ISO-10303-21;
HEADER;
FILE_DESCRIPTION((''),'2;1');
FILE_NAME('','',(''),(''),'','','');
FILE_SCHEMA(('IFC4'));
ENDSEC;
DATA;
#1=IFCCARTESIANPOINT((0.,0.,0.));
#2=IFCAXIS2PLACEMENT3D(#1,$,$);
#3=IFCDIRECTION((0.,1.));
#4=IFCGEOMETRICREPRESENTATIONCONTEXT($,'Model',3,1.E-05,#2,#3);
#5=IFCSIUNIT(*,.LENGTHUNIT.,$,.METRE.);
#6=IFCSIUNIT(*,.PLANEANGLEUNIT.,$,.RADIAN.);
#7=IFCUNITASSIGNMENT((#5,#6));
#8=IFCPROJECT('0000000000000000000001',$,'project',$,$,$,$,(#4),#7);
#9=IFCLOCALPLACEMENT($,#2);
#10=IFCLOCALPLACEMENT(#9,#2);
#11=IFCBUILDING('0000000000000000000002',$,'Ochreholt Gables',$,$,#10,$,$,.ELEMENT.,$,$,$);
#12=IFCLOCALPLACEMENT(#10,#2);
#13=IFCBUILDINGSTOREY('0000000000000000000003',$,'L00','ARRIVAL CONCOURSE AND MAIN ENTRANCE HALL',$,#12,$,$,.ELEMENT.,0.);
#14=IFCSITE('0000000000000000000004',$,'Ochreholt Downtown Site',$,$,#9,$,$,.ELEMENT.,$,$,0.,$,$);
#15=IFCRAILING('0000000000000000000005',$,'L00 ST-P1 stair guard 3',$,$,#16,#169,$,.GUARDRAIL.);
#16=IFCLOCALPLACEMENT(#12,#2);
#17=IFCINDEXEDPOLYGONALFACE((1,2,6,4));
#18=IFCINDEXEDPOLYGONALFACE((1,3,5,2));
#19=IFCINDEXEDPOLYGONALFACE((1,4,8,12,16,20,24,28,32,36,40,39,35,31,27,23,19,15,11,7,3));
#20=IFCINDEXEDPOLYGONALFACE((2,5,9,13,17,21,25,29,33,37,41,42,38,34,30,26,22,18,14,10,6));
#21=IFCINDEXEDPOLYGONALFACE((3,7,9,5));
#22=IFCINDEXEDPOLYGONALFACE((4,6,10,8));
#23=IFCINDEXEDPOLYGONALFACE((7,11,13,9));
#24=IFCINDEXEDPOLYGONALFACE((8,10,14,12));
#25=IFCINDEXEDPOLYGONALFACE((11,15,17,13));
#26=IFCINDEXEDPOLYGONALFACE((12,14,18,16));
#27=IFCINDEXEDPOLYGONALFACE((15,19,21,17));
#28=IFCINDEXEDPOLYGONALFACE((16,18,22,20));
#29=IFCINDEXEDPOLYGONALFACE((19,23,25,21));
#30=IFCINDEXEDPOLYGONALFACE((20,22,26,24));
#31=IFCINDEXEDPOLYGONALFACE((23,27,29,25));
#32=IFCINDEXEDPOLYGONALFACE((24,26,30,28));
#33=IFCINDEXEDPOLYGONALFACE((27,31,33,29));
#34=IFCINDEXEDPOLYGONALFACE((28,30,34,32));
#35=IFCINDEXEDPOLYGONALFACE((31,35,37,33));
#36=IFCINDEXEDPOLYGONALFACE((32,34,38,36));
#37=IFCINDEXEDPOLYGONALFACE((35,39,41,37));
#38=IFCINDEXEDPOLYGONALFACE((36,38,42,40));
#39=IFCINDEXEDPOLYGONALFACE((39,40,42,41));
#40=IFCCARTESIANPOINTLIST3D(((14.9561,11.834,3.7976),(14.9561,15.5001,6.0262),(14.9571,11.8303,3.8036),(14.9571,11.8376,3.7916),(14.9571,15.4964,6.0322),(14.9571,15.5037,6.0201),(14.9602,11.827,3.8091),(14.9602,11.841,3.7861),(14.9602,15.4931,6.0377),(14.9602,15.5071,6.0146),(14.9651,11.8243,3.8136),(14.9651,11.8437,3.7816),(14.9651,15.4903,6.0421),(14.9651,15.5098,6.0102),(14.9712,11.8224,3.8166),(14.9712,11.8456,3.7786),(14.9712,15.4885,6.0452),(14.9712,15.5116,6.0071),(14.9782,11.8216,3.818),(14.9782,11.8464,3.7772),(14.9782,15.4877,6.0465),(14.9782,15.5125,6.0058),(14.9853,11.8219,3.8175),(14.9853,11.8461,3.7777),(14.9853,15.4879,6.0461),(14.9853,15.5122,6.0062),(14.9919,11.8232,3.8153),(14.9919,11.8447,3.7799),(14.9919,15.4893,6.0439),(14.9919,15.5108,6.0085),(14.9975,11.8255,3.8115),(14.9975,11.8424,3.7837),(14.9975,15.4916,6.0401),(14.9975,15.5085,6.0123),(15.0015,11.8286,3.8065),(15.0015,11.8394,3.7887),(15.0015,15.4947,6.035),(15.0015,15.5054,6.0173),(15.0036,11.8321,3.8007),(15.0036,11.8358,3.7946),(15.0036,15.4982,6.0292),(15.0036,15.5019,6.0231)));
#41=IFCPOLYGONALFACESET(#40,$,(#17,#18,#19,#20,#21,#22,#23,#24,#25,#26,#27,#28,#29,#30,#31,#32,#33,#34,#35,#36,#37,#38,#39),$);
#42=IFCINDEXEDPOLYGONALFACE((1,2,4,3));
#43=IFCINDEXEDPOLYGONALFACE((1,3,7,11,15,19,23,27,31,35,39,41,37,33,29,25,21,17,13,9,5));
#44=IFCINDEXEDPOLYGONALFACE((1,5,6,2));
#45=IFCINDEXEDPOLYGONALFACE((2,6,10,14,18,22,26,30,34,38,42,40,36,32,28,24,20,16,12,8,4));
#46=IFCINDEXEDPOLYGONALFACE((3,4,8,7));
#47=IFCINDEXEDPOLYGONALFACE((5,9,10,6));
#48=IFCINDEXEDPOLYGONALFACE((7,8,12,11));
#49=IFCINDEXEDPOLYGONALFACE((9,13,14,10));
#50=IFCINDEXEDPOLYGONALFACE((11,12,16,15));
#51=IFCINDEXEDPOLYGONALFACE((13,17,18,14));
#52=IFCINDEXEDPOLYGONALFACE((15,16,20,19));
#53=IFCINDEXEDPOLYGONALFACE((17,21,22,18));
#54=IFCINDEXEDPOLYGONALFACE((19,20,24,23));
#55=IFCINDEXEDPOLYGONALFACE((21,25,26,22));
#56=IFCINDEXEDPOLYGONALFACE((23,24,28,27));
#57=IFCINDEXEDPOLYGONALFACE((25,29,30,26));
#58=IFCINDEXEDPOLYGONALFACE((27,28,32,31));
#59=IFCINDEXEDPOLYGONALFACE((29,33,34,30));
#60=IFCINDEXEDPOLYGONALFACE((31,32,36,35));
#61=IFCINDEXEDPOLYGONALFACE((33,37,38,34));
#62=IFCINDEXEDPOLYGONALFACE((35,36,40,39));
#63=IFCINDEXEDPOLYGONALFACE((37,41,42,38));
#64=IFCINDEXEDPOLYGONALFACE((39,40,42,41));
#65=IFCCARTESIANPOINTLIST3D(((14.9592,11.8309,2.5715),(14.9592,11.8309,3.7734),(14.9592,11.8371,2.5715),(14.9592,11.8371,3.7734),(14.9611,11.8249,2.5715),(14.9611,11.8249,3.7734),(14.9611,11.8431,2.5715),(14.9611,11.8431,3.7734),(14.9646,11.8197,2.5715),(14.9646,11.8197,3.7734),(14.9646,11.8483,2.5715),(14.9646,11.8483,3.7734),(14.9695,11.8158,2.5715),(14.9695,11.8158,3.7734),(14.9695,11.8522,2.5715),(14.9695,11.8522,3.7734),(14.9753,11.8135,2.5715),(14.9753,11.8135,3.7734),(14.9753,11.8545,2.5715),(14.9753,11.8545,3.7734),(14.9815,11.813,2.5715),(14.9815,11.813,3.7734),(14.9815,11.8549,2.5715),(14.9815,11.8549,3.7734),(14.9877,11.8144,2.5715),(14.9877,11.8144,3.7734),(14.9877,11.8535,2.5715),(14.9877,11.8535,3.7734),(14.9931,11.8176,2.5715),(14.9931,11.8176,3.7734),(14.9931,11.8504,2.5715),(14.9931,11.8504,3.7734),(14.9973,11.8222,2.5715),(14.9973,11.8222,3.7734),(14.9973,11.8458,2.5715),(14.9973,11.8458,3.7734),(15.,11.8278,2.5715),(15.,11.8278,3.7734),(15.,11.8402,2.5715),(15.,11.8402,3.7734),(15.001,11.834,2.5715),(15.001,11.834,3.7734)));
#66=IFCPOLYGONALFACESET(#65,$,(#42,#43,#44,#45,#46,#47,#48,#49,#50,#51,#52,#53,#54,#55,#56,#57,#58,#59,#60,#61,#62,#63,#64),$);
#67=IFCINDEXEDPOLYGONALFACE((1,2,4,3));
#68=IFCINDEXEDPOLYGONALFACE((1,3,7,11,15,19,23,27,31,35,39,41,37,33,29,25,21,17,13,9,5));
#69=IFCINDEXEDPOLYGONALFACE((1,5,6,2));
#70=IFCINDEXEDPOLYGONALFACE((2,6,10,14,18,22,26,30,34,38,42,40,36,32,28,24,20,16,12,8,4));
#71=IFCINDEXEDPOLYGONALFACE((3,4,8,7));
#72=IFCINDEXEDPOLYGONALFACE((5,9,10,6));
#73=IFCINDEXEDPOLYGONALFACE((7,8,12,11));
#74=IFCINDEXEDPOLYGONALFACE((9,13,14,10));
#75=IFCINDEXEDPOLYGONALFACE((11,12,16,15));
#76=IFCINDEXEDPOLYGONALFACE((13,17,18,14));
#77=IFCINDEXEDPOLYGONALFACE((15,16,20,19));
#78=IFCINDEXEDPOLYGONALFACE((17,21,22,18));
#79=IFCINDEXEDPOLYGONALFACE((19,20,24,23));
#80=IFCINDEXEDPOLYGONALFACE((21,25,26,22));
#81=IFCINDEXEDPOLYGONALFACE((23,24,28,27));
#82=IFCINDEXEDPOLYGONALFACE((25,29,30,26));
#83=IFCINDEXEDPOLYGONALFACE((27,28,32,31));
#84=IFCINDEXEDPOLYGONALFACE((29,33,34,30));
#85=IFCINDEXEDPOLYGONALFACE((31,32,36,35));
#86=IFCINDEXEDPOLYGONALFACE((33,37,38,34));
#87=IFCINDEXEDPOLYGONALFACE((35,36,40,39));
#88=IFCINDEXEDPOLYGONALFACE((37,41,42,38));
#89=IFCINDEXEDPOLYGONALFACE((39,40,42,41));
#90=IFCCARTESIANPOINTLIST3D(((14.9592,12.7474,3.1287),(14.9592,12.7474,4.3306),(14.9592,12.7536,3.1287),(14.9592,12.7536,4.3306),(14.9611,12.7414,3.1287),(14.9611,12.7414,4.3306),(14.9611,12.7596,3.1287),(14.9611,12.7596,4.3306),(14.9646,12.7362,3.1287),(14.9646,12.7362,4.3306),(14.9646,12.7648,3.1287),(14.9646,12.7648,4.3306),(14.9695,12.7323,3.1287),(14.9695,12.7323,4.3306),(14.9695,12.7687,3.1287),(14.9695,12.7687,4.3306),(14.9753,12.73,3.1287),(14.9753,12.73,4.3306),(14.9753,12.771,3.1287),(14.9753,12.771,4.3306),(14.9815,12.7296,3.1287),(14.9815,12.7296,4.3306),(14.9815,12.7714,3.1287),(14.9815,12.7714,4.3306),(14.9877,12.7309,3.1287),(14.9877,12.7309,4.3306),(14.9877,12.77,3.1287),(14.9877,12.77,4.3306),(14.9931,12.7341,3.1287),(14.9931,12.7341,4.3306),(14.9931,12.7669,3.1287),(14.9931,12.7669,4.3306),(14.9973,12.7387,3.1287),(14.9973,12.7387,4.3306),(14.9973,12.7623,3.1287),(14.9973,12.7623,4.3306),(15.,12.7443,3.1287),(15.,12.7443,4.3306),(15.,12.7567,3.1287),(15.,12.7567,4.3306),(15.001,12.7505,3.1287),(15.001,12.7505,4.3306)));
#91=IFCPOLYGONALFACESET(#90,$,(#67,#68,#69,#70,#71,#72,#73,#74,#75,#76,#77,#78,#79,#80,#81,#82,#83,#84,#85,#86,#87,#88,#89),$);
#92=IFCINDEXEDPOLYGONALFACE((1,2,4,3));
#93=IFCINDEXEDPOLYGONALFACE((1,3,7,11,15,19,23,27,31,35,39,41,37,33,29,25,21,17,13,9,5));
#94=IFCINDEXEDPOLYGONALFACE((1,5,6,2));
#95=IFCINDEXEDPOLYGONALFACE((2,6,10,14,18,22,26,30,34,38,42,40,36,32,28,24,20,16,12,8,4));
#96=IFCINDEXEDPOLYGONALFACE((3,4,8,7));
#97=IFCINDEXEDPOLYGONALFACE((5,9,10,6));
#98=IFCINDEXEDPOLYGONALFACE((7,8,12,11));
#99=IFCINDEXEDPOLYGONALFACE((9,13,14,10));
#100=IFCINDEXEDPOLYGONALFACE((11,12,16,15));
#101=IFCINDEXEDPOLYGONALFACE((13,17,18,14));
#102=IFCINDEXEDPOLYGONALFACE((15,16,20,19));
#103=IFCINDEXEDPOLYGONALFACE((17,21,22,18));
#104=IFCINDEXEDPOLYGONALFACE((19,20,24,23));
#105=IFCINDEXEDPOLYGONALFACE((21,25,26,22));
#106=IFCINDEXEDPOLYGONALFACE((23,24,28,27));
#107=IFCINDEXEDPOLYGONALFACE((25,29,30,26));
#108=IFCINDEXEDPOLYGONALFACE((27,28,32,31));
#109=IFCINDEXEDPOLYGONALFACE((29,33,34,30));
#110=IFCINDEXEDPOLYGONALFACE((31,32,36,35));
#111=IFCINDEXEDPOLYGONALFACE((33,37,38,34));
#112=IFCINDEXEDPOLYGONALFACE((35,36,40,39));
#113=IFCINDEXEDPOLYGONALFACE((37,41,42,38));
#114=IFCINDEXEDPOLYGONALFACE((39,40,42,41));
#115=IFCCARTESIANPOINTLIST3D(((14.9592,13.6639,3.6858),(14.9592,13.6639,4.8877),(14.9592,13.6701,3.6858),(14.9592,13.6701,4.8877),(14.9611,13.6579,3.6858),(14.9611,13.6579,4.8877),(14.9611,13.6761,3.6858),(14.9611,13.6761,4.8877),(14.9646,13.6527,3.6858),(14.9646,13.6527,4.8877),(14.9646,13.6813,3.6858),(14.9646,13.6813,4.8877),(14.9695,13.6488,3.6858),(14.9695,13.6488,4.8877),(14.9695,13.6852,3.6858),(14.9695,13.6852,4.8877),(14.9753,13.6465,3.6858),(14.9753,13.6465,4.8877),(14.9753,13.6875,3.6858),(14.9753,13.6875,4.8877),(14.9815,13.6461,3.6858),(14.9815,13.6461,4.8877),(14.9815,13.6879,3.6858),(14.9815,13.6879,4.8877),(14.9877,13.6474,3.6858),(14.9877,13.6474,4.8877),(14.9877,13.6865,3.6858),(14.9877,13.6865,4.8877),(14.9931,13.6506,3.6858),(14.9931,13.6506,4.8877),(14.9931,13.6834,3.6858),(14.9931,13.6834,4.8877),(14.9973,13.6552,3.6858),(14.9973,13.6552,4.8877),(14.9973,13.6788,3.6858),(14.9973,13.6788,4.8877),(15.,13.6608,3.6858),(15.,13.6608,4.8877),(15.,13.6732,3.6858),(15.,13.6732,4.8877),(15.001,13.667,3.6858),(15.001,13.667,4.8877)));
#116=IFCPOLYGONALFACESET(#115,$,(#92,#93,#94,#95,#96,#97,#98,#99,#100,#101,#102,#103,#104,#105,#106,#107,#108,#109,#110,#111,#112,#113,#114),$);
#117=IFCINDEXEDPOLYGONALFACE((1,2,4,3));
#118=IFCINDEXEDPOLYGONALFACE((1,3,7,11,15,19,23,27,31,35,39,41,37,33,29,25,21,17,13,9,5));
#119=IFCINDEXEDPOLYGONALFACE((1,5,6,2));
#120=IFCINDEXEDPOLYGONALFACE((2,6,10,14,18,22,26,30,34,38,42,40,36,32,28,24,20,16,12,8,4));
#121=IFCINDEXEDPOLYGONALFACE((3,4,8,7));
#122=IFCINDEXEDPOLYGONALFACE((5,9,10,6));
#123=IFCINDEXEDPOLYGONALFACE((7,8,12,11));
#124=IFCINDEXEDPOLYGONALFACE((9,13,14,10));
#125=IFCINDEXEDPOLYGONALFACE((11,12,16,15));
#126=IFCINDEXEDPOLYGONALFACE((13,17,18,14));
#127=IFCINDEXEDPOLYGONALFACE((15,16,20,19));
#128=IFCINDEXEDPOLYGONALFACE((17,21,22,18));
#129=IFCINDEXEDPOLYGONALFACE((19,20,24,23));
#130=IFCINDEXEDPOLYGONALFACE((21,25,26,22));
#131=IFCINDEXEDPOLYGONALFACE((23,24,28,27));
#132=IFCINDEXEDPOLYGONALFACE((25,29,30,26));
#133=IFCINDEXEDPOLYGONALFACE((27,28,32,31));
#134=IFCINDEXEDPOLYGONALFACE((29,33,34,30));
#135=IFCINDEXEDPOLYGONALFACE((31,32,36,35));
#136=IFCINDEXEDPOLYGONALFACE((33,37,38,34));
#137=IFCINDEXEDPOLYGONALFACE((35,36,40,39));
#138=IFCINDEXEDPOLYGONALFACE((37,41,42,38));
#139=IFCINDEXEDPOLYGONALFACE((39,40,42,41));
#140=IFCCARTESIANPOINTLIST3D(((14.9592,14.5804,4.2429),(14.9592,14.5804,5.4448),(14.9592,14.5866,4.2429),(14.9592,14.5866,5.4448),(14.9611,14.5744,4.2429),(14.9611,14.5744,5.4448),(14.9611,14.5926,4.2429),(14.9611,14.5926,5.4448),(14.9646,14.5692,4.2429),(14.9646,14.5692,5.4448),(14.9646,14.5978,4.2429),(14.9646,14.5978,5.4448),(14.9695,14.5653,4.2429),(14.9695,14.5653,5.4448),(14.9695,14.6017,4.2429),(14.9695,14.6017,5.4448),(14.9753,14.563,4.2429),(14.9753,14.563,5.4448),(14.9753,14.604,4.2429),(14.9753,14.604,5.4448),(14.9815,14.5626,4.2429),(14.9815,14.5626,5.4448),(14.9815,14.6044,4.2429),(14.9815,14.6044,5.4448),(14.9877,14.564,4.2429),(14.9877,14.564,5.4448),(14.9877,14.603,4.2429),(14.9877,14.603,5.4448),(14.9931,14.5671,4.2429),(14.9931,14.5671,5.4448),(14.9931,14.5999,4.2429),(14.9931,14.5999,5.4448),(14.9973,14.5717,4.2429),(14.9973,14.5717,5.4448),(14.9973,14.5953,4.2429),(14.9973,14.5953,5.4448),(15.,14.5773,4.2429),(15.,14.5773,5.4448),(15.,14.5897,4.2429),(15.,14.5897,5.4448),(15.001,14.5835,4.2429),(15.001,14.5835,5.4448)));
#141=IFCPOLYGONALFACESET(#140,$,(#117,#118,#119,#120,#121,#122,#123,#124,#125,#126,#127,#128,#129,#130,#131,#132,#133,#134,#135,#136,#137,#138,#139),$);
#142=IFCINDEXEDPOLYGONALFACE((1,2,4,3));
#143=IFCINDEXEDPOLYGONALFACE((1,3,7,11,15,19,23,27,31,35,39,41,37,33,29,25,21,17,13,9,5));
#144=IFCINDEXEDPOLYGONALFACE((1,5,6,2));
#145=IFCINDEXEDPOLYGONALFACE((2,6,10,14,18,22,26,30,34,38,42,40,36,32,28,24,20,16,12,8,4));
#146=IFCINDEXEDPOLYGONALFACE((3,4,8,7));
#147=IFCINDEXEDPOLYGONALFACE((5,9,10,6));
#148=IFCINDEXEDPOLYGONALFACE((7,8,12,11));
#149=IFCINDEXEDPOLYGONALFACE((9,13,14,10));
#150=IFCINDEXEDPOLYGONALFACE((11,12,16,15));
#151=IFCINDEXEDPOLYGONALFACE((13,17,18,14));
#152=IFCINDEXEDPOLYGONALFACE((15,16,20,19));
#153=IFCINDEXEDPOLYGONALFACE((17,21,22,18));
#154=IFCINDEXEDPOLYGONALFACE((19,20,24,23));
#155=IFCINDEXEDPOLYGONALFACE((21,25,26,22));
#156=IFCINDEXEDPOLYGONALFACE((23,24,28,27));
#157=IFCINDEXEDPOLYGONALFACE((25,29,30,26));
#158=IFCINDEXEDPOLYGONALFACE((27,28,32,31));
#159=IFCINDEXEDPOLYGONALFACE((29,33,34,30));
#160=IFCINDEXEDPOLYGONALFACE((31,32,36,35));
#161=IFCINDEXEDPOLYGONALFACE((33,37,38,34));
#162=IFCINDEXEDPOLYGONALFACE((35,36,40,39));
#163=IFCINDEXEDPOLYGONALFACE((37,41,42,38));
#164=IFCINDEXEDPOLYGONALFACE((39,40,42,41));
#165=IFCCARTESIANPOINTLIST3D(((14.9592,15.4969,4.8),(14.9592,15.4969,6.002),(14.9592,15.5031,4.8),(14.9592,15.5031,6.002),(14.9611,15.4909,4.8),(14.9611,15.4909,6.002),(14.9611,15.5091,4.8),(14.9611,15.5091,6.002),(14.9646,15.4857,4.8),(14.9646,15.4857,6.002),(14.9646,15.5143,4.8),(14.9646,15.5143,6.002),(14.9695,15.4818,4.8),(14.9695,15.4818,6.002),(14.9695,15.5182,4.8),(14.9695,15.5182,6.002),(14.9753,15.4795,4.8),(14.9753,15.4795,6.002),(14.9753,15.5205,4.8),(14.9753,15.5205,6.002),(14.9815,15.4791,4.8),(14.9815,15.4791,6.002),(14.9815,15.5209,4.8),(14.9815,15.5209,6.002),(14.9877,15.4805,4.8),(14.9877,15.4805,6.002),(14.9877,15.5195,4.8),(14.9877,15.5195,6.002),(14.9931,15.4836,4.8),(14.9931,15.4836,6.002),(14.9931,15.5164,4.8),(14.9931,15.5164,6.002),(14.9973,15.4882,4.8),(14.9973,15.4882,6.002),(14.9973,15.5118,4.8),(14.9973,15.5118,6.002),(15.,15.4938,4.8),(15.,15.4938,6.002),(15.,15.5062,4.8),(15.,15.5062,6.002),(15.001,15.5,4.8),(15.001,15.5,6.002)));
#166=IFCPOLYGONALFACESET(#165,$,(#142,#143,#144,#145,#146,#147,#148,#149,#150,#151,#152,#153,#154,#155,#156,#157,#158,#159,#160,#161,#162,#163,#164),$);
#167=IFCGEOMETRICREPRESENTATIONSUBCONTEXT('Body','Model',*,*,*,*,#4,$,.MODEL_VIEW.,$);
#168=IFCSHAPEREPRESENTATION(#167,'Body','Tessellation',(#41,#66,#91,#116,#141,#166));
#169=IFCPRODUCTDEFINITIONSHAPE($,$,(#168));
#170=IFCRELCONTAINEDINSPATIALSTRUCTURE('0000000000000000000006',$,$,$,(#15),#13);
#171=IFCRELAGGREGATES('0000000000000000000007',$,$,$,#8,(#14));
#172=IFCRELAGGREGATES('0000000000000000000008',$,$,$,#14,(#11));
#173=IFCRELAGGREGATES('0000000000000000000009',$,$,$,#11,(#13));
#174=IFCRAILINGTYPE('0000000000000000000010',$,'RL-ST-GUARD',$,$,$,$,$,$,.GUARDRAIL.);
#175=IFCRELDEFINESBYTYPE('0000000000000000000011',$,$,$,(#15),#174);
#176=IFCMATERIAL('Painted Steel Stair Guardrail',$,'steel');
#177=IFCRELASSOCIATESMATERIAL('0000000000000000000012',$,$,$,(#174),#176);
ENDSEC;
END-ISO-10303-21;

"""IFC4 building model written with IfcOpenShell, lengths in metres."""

from ifc_helpers import new_model, si_unit, direction, frame, origin, origin_2d, place, context, subcontext, project, spatial, circle, extrude, material, type_object, element, save


model = new_model("IFC4")

# Units and contexts
model_context = context("Model", 3, precision=1e-05, world=origin(), true_north=direction((0.0, 1.0)))
body_context = subcontext(model_context, "Body", "Model", "MODEL_VIEW")
ifc_project = project(units=[si_unit("LENGTHUNIT", "METRE"), si_unit("PLANEANGLEUNIT", "RADIAN")], contexts=[model_context])

# Site, building, storey
site_placement = place(None, origin())
site = spatial("IfcSite", under=ifc_project, at=site_placement, Name="Ochreholt Downtown Site", CompositionType="ELEMENT", RefElevation=0.0)
building_placement = place(site_placement, origin())
building = spatial("IfcBuilding", under=site, at=building_placement, Name="Ochreholt Gables", CompositionType="ELEMENT")
storey_placement = place(building_placement, origin())
storey = spatial("IfcBuildingStorey", under=building, at=storey_placement, Name="L00", Description="ARRIVAL CONCOURSE AND MAIN ENTRANCE HALL", CompositionType="ELEMENT", Elevation=0.0)

# Railing
ifc_material_1 = material(Name="Painted Steel Stair Guardrail", Category="steel")
railing_type_1 = type_object("IfcRailingType", Name="RL-ST-GUARD", PredefinedType="GUARDRAIL", material=ifc_material_1)
railing_1_placement = place(storey_placement, frame((14.98, 11.834, 2.5715)))
element("IfcRailing", 1, at=railing_1_placement, inside=storey, type_object=railing_type_1, Name="L00 ST-P1 stair guard 3", PredefinedType="GUARDRAIL", context=body_context, shape_type="SweptSolid", body=[
    extrude(circle(Radius=0.0239, at=origin_2d()), frame((0.0, 0.0, 1.2261), z_axis=(0.0, 0.854506, 0.519441), x_axis=(-1.0, 0.0, 0.0)), (0.0, 0.0, 1.0), 4.2903),
    extrude(circle(Radius=0.021, at=origin_2d()), origin(), (0.0, 0.0, 1.0), 1.2019),
    extrude(circle(Radius=0.021, at=origin_2d()), frame((0.0, 0.9165, 0.5571)), (0.0, 0.0, 1.0), 1.2019),
    extrude(circle(Radius=0.021, at=origin_2d()), frame((0.0, 1.833, 1.1143)), (0.0, 0.0, 1.0), 1.2019),
    extrude(circle(Radius=0.021, at=origin_2d()), frame((0.0, 2.7495, 1.6714)), (0.0, 0.0, 1.0), 1.2019),
    extrude(circle(Radius=0.021, at=origin_2d()), frame((0.0, 3.666, 2.2285)), (0.0, 0.0, 1.0), 1.2019),
])

save(model, "model.ifc")
